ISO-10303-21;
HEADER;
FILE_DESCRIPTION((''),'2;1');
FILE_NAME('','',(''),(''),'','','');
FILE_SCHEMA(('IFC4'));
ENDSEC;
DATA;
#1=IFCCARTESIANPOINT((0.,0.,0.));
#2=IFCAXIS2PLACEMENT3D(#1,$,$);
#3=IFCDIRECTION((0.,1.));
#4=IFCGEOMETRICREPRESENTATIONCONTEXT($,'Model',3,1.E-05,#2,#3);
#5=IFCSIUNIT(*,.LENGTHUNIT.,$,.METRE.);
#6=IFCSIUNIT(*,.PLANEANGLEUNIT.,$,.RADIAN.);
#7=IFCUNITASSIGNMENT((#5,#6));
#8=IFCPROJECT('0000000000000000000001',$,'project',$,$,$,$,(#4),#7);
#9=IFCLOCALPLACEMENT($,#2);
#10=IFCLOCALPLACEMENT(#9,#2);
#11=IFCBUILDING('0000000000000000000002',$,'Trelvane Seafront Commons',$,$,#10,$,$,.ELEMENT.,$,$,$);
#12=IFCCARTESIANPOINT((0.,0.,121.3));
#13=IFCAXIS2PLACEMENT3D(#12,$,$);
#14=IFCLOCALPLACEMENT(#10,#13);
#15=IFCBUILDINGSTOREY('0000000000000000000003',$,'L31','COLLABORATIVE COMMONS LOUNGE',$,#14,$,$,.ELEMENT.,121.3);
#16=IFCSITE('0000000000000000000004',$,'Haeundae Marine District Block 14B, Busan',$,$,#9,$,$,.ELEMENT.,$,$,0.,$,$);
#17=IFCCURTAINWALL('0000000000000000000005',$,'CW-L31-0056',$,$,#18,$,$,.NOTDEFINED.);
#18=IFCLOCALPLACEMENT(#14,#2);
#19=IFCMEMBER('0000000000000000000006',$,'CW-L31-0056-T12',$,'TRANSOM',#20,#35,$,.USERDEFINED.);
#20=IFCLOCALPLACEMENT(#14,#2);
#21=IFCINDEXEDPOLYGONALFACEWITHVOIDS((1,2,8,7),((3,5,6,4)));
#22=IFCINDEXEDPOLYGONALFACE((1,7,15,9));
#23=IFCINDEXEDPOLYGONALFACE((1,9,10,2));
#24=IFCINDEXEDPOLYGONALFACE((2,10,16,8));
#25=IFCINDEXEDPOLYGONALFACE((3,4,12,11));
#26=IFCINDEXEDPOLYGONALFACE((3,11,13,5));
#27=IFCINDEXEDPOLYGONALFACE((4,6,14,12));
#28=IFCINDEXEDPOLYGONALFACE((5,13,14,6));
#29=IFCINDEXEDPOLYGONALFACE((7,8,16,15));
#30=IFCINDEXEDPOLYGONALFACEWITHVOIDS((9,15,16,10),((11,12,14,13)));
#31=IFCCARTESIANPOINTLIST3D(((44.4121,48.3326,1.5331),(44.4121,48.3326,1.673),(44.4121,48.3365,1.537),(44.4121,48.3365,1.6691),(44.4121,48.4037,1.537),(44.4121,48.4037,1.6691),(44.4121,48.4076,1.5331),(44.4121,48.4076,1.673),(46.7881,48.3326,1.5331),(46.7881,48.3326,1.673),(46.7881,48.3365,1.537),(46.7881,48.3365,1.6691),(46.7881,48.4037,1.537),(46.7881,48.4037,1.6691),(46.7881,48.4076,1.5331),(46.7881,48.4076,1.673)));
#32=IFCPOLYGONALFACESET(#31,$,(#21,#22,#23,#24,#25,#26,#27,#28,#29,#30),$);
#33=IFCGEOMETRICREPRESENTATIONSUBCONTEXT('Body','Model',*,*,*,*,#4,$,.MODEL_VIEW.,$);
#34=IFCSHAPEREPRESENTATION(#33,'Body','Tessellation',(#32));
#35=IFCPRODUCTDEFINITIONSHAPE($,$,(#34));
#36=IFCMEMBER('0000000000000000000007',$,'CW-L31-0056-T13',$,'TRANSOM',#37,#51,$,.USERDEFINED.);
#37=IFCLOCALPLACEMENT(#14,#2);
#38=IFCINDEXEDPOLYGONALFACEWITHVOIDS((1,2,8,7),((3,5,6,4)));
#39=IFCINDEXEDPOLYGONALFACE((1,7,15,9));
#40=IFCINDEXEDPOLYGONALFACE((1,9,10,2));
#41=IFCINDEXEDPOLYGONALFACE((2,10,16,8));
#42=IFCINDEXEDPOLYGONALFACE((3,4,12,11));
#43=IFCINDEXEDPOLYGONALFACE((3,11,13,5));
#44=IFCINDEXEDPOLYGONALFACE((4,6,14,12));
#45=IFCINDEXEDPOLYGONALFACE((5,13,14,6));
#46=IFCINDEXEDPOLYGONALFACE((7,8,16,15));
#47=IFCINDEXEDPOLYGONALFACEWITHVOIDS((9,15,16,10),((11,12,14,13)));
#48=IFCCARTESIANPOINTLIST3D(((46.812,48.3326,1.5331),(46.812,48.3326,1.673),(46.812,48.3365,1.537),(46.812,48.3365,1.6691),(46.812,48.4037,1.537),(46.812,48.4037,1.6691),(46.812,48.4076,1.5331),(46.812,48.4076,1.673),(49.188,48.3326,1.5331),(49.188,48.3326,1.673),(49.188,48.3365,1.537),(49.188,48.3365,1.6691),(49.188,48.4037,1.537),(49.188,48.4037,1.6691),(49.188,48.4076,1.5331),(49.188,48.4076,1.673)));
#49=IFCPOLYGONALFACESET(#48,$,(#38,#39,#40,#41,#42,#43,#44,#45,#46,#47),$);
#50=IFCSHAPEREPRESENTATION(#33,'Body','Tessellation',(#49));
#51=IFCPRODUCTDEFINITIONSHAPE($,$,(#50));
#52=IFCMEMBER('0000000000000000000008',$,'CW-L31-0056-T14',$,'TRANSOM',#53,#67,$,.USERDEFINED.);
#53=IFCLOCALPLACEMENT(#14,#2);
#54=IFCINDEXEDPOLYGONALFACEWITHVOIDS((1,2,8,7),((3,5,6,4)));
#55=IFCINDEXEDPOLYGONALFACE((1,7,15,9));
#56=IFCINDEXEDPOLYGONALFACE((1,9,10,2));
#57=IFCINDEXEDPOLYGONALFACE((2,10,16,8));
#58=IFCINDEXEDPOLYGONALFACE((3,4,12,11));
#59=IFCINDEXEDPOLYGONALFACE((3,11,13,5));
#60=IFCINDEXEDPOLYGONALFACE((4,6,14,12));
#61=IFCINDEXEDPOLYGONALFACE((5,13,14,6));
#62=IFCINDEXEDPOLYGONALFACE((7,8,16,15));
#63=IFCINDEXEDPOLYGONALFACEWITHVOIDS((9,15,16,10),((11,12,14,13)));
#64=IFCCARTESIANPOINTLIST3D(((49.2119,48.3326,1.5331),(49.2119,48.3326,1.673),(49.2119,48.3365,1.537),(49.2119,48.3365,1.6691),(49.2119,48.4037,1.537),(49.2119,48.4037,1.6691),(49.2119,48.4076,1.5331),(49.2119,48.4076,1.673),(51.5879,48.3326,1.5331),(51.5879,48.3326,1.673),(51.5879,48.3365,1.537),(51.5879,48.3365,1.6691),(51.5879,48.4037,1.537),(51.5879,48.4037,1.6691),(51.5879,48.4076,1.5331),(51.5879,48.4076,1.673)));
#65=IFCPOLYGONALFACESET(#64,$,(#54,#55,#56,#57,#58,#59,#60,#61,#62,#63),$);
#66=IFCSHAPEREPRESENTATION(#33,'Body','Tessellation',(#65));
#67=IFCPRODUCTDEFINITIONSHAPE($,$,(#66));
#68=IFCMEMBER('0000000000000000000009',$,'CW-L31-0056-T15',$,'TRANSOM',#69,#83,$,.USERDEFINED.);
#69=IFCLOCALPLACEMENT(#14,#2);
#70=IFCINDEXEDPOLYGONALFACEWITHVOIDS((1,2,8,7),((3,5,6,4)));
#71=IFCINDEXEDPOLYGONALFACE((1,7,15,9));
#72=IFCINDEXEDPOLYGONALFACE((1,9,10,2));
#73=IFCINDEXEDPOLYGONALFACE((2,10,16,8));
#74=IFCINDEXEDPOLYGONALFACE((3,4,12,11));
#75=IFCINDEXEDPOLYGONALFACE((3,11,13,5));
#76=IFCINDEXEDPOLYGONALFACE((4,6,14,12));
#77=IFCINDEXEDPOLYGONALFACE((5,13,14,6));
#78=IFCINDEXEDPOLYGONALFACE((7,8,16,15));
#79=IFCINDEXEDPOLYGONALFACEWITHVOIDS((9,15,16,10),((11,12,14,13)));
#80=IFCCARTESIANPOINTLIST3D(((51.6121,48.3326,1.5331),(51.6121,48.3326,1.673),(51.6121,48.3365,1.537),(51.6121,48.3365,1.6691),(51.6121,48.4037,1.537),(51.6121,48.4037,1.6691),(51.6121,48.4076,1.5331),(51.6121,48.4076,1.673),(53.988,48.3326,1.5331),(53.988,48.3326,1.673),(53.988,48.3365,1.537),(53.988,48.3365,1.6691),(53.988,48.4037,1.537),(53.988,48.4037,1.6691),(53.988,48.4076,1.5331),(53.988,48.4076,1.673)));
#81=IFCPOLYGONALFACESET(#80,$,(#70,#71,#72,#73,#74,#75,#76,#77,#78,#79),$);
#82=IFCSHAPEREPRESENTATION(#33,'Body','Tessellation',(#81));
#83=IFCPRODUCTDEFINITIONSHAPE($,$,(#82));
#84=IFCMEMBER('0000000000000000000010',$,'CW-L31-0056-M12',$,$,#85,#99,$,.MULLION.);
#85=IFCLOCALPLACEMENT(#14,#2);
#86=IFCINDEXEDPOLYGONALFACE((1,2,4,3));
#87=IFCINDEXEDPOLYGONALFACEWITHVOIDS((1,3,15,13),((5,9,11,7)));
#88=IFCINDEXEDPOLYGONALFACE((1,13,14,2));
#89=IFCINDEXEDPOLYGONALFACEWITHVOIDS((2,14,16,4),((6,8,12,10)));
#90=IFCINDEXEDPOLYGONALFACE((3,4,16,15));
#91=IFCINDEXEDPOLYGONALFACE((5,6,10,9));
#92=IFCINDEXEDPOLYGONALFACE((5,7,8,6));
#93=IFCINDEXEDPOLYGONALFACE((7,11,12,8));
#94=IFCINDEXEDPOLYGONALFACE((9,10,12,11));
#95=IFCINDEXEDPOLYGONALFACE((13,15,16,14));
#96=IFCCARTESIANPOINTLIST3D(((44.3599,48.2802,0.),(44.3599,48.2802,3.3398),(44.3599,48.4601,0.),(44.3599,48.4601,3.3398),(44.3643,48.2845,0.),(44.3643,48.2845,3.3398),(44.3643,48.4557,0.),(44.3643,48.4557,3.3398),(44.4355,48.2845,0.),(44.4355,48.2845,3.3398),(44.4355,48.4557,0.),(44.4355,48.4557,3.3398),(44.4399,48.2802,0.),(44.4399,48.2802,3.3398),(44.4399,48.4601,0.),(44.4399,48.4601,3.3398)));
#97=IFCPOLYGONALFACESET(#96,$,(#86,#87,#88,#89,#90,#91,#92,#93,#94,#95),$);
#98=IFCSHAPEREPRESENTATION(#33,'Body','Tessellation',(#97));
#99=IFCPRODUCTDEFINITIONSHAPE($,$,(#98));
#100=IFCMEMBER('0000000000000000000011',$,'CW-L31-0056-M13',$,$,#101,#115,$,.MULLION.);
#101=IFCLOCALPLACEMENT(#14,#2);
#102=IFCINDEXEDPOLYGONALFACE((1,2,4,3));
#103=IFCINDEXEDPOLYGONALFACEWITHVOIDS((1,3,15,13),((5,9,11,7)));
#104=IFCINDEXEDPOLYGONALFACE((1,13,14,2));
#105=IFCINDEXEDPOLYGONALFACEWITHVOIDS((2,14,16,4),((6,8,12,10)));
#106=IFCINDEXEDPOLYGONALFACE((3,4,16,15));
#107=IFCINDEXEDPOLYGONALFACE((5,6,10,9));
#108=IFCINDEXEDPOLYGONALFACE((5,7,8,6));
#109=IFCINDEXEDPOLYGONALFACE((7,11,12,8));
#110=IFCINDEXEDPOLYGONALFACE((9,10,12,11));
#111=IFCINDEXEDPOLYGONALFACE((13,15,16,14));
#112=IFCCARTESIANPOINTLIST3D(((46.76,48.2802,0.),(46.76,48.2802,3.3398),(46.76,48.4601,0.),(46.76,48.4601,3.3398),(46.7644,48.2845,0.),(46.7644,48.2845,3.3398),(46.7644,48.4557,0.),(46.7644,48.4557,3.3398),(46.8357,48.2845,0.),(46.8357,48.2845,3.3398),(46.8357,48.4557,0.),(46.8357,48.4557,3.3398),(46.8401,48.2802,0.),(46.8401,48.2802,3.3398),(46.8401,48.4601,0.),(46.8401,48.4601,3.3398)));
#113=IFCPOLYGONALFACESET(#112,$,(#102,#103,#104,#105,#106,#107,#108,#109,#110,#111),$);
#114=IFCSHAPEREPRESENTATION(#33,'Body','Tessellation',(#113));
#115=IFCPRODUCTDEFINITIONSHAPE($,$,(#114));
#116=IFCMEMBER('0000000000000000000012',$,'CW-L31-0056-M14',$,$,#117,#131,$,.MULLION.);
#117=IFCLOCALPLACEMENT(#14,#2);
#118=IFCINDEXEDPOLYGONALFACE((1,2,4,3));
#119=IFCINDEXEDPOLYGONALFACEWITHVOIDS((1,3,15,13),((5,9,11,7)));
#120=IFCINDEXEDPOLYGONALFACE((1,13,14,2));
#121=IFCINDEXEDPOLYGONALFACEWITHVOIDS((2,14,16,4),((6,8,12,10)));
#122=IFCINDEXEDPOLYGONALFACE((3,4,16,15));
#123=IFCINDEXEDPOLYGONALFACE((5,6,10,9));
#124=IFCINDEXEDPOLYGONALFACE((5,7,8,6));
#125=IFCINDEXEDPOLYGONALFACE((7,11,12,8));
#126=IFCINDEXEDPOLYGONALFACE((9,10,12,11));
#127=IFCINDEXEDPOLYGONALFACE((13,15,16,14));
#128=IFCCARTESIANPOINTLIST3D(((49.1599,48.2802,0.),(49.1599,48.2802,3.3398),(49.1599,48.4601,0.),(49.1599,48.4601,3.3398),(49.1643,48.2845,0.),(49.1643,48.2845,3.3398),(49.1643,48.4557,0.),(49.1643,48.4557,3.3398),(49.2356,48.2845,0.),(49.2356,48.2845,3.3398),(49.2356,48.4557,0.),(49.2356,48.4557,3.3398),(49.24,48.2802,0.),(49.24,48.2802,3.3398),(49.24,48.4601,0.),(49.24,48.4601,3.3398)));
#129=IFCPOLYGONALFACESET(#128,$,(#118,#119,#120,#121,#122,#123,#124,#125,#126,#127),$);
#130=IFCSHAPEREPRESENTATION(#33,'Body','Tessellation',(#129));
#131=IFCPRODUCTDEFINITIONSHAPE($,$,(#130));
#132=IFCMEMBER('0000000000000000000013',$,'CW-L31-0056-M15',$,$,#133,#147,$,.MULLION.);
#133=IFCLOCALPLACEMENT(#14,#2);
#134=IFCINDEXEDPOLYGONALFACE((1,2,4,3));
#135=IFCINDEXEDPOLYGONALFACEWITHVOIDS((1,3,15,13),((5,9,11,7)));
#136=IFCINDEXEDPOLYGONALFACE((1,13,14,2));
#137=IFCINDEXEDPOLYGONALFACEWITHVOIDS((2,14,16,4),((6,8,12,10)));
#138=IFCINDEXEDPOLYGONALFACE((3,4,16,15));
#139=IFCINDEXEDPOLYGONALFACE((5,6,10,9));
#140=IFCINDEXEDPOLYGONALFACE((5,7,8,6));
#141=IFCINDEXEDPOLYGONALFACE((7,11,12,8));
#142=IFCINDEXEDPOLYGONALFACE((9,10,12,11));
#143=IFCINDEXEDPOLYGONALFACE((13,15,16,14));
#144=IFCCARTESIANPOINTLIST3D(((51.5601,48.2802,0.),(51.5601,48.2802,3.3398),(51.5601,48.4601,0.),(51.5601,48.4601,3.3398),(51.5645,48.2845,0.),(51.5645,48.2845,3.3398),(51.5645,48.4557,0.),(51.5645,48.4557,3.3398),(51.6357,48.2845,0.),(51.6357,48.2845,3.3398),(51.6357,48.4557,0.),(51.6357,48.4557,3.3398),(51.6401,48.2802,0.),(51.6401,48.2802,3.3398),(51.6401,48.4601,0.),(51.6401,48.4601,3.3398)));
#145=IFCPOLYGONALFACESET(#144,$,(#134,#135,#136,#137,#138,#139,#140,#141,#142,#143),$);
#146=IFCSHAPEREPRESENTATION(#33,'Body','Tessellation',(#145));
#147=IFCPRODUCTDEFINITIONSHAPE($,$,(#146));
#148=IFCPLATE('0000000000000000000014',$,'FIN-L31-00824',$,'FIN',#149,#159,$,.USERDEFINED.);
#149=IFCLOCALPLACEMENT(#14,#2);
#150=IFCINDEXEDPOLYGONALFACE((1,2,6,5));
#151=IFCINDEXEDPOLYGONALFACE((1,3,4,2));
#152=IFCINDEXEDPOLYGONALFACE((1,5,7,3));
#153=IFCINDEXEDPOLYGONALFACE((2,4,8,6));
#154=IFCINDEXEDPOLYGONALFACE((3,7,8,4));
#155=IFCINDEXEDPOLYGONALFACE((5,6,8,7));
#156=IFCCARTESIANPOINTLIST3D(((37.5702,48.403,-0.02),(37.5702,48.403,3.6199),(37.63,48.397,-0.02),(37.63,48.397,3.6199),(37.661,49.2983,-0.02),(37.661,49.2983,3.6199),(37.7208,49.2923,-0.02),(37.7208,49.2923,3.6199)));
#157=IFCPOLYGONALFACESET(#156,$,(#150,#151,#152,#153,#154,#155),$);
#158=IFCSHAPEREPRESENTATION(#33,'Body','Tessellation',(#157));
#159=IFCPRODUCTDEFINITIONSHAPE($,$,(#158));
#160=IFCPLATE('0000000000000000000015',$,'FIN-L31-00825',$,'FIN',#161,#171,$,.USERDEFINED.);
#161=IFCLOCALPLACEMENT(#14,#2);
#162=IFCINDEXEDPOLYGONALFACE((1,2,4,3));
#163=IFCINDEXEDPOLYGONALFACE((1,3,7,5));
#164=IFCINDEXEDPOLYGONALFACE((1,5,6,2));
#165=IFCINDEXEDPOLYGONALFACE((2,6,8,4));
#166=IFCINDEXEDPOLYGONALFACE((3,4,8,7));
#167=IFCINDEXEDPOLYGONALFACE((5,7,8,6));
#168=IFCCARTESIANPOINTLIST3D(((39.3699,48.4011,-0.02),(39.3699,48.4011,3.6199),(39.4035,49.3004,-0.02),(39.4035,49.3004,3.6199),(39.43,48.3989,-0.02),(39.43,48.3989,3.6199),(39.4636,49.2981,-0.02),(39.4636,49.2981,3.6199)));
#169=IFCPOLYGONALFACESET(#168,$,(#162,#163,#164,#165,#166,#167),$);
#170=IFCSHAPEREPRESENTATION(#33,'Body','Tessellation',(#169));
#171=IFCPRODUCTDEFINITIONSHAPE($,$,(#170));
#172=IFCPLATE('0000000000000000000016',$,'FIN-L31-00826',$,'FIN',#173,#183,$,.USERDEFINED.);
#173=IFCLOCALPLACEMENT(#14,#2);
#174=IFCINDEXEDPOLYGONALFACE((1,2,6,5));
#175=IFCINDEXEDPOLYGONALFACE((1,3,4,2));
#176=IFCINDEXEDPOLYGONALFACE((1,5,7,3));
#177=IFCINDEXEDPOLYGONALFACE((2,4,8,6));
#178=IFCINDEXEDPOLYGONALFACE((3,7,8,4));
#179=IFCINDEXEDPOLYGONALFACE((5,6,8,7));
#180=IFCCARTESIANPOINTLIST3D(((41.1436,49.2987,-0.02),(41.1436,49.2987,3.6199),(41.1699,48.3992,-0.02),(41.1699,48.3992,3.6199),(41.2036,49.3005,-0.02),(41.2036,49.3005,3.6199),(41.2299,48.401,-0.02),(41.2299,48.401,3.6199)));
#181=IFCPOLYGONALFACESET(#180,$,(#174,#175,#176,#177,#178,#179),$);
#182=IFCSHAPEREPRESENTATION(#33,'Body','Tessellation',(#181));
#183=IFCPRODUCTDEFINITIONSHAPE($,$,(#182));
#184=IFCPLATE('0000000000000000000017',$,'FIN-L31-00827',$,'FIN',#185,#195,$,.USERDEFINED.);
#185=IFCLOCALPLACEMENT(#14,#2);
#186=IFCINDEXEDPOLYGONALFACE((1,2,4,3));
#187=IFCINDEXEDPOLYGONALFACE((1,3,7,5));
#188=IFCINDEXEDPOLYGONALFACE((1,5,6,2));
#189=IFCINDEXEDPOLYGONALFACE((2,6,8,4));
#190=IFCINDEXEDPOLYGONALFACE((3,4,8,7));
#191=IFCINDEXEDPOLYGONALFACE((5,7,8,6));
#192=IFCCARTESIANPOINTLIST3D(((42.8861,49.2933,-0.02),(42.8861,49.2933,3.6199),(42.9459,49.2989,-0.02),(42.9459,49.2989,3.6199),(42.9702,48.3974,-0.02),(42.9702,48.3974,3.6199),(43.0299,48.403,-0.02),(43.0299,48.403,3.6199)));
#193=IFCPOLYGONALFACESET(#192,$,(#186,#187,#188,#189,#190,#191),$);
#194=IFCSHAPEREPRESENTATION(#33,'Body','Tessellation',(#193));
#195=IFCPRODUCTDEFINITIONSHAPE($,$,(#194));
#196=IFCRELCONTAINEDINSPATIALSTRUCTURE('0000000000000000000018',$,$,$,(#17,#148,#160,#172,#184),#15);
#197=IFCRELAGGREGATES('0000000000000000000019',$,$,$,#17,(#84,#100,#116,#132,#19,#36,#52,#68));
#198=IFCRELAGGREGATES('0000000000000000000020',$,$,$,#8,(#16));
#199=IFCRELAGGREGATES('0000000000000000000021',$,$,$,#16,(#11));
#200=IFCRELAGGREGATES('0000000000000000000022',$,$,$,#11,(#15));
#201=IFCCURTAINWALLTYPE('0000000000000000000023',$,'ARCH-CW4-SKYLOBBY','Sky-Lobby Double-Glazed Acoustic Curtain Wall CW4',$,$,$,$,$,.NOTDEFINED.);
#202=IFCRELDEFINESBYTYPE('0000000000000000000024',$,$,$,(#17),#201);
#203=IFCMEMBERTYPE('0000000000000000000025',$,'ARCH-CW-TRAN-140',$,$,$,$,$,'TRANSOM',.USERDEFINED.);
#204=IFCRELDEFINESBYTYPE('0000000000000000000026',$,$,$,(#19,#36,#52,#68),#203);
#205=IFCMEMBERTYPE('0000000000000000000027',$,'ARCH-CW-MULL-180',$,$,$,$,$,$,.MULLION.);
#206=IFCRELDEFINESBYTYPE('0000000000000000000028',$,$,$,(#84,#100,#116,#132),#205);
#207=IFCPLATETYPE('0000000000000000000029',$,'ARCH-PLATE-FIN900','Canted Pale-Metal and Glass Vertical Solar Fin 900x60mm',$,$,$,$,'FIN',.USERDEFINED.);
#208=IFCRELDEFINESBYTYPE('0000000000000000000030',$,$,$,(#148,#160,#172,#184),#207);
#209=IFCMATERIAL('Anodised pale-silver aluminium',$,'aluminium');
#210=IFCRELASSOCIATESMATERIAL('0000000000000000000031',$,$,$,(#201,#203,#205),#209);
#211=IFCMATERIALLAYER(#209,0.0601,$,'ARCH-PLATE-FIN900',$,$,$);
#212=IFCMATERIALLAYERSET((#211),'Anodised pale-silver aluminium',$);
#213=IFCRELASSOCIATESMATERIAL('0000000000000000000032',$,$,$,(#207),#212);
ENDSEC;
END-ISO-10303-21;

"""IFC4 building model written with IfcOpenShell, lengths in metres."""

from ifc_helpers import new_model, si_unit, direction, frame, origin, origin_2d, place, context, subcontext, project, spatial, rectangle, hollow_rectangle, extrude, source, transform, mapped, material, layer, layer_set, material_profile, profile_set, type_object, element, aggregate, save


model = new_model("IFC4")

# Units and contexts
model_context = context("Model", 3, precision=1e-05, world=origin(), true_north=direction((0.0, 1.0)))
body_context = subcontext(model_context, "Body", "Model", "MODEL_VIEW")
ifc_project = project(units=[si_unit("LENGTHUNIT", "METRE"), si_unit("PLANEANGLEUNIT", "RADIAN")], contexts=[model_context])

# Site, building, storey
site_placement = place(None, origin())
site = spatial("IfcSite", under=ifc_project, at=site_placement, Name="Haeundae Marine District Block 14B, Busan", CompositionType="ELEMENT", RefElevation=0.0)
building_placement = place(site_placement, origin())
building = spatial("IfcBuilding", under=site, at=building_placement, Name="Trelvane Seafront Commons", CompositionType="ELEMENT")
storey_placement = place(building_placement, frame((0.0, 0.0, 121.3)))
storey = spatial("IfcBuildingStorey", under=building, at=storey_placement, Name="L31", Description="COLLABORATIVE COMMONS LOUNGE", CompositionType="ELEMENT", Elevation=121.3)

# Curtain wall, members
ifc_material_1 = material(Name="Anodised pale-silver aluminium", Category="aluminium")
curtain_wall_type = type_object("IfcCurtainWallType", Name="ARCH-CW4-SKYLOBBY", Description="Sky-Lobby Double-Glazed Acoustic Curtain Wall CW4", PredefinedType="NOTDEFINED", material=ifc_material_1)
curtain_wall_placement = place(storey_placement, origin())
curtain_wall = element("IfcCurtainWall", 1, at=curtain_wall_placement, inside=storey, type_object=curtain_wall_type, Name="CW-L31-0056", PredefinedType="NOTDEFINED")
ifc_material_profile_1 = material_profile(ifc_material_1, hollow_rectangle(XDim=0.075, YDim=0.1399, WallThickness=0.0039, at=origin_2d()), Name="TRAN-75x140x4")
ifc_profile_set_1 = profile_set([ifc_material_profile_1], Name="Anodised pale-silver aluminium")
member_type_1 = type_object("IfcMemberType", Name="ARCH-CW-TRAN-140", ElementType="TRANSOM", PredefinedType="USERDEFINED", material=ifc_profile_set_1)
shared_shape_1 = source(origin(), body_context, "Body", "SweptSolid", [
    extrude(hollow_rectangle(XDim=0.075, YDim=0.1399, WallThickness=0.0039, at=origin_2d()), origin(), (0.0, 0.0, 1.0), 2.376),
])
member_1_placement = place(storey_placement, frame((44.4121, 48.3701, 1.603), z_axis=(1.0, 0.0, 0.0), x_axis=(0.0, 1.0, 0.0)))
member_1 = element("IfcMember", 2, at=member_1_placement, type_object=member_type_1, Name="CW-L31-0056-T12", ObjectType="TRANSOM", PredefinedType="USERDEFINED", context=body_context, shape_type="MappedRepresentation", body=[
    mapped(shared_shape_1, transform((0.0, 0.0, 0.0), x_axis=(1.0, 0.0, 0.0), y_axis=(0.0, 1.0, 0.0), z_axis=(0.0, 0.0, 1.0), scale=1.0)),
])
member_2_placement = place(storey_placement, frame((46.812, 48.3701, 1.603), z_axis=(1.0, 0.0, 0.0), x_axis=(0.0, 1.0, 0.0)))
member_2 = element("IfcMember", 3, at=member_2_placement, type_object=member_type_1, Name="CW-L31-0056-T13", ObjectType="TRANSOM", PredefinedType="USERDEFINED", context=body_context, shape_type="MappedRepresentation", body=[
    mapped(shared_shape_1, transform((0.0, 0.0, 0.0), x_axis=(1.0, 0.0, 0.0), y_axis=(0.0, 1.0, 0.0), z_axis=(0.0, 0.0, 1.0), scale=1.0)),
])
member_3_placement = place(storey_placement, frame((49.2119, 48.3701, 1.603), z_axis=(1.0, 0.0, 0.0), x_axis=(0.0, 1.0, 0.0)))
member_3 = element("IfcMember", 4, at=member_3_placement, type_object=member_type_1, Name="CW-L31-0056-T14", ObjectType="TRANSOM", PredefinedType="USERDEFINED", context=body_context, shape_type="MappedRepresentation", body=[
    mapped(shared_shape_1, transform((0.0, 0.0, 0.0), x_axis=(1.0, 0.0, 0.0), y_axis=(0.0, 1.0, 0.0), z_axis=(0.0, 0.0, 1.0), scale=1.0)),
])
member_4_placement = place(storey_placement, frame((51.6121, 48.3701, 1.603), z_axis=(1.0, 0.0, 0.0), x_axis=(0.0, 1.0, 0.0)))
member_4 = element("IfcMember", 5, at=member_4_placement, type_object=member_type_1, Name="CW-L31-0056-T15", ObjectType="TRANSOM", PredefinedType="USERDEFINED", context=body_context, shape_type="MappedRepresentation", body=[
    mapped(shared_shape_1, transform((0.0, 0.0, 0.0), x_axis=(1.0, 0.0, 0.0), y_axis=(0.0, 1.0, 0.0), z_axis=(0.0, 0.0, 1.0), scale=1.0)),
])
ifc_material_profile_2 = material_profile(ifc_material_1, hollow_rectangle(XDim=0.0801, YDim=0.1799, WallThickness=0.0044, at=origin_2d()), Name="MULL-80x180x4.5")
ifc_profile_set_2 = profile_set([ifc_material_profile_2], Name="Anodised pale-silver aluminium")
member_type_2 = type_object("IfcMemberType", Name="ARCH-CW-MULL-180", PredefinedType="MULLION", material=ifc_profile_set_2)
shared_shape_2 = source(origin(), body_context, "Body", "SweptSolid", [
    extrude(hollow_rectangle(XDim=0.0801, YDim=0.1799, WallThickness=0.0044, at=origin_2d()), origin(), (0.0, 0.0, 1.0), 3.3398),
])
member_5_placement = place(storey_placement, frame((44.3999, 48.3701, 0.0), z_axis=(0.0, 0.0, 1.0), x_axis=(1.0, 0.0, 0.0)))
member_5 = element("IfcMember", 6, at=member_5_placement, type_object=member_type_2, Name="CW-L31-0056-M12", PredefinedType="MULLION", context=body_context, shape_type="MappedRepresentation", body=[
    mapped(shared_shape_2, transform((0.0, 0.0, 0.0), x_axis=(1.0, 0.0, 0.0), y_axis=(0.0, 1.0, 0.0), z_axis=(0.0, 0.0, 1.0), scale=1.0)),
])
member_6_placement = place(storey_placement, frame((46.8, 48.3701, 0.0), z_axis=(0.0, 0.0, 1.0), x_axis=(1.0, 0.0, 0.0)))
member_6 = element("IfcMember", 7, at=member_6_placement, type_object=member_type_2, Name="CW-L31-0056-M13", PredefinedType="MULLION", context=body_context, shape_type="MappedRepresentation", body=[
    mapped(shared_shape_2, transform((0.0, 0.0, 0.0), x_axis=(1.0, 0.0, 0.0), y_axis=(0.0, 1.0, 0.0), z_axis=(0.0, 0.0, 1.0), scale=1.0)),
])
member_7_placement = place(storey_placement, frame((49.2, 48.3701, 0.0), z_axis=(0.0, 0.0, 1.0), x_axis=(1.0, 0.0, 0.0)))
member_7 = element("IfcMember", 8, at=member_7_placement, type_object=member_type_2, Name="CW-L31-0056-M14", PredefinedType="MULLION", context=body_context, shape_type="MappedRepresentation", body=[
    mapped(shared_shape_2, transform((0.0, 0.0, 0.0), x_axis=(1.0, 0.0, 0.0), y_axis=(0.0, 1.0, 0.0), z_axis=(0.0, 0.0, 1.0), scale=1.0)),
])
member_8_placement = place(storey_placement, frame((51.6001, 48.3701, 0.0), z_axis=(0.0, 0.0, 1.0), x_axis=(1.0, 0.0, 0.0)))
member_8 = element("IfcMember", 9, at=member_8_placement, type_object=member_type_2, Name="CW-L31-0056-M15", PredefinedType="MULLION", context=body_context, shape_type="MappedRepresentation", body=[
    mapped(shared_shape_2, transform((0.0, 0.0, 0.0), x_axis=(1.0, 0.0, 0.0), y_axis=(0.0, 1.0, 0.0), z_axis=(0.0, 0.0, 1.0), scale=1.0)),
])

# Plates
ifc_layer_1 = layer(ifc_material_1, 0.0601, Name="ARCH-PLATE-FIN900")
ifc_layer_set_1 = layer_set([ifc_layer_1], Name="Anodised pale-silver aluminium")
plate_type_1 = type_object("IfcPlateType", Name="ARCH-PLATE-FIN900", Description="Canted Pale-Metal and Glass Vertical Solar Fin 900x60mm", ElementType="FIN", PredefinedType="USERDEFINED", material=ifc_layer_set_1)
shared_shape_3 = source(origin(), body_context, "Body", "SweptSolid", [
    extrude(rectangle(XDim=0.8999, YDim=0.0601, at=origin_2d()), origin(), (0.0, 0.0, 1.0), 3.6399),
])
for number, where, z_axis, x_axis, name in (
    (10, (37.6455, 48.8477, -0.02), (0.0, 0.0, 1.0), (0.10089, 0.994898, 0.0), "FIN-L31-00824"),
    (11, (39.4167, 48.8496, -0.02), (0.0, 0.0, 1.0), (0.037333, 0.999303, 0.0), "FIN-L31-00825"),
    (12, (41.1868, 48.8499, -0.02), (0.0, 0.0, 1.0), (-0.029223, 0.999573, 0.0), "FIN-L31-00826"),
    (13, (42.958, 48.8481, -0.02), (0.0, 0.0, 1.0), (-0.093441, 0.995625, 0.0), "FIN-L31-00827"),
):
    element("IfcPlate", number, at=place(storey_placement, frame(where, z_axis=z_axis, x_axis=x_axis)), inside=storey, type_object=plate_type_1, Name=name, ObjectType="FIN", PredefinedType="USERDEFINED", context=body_context, shape_type="MappedRepresentation", body=[
        mapped(shared_shape_3, transform((0.0, 0.0, 0.0), x_axis=(1.0, 0.0, 0.0), y_axis=(0.0, 1.0, 0.0), z_axis=(0.0, 0.0, 1.0), scale=1.0)),
    ])

aggregate(curtain_wall, [member_5, member_6, member_7, member_8, member_1, member_2, member_3, member_4])

save(model, "model.ifc")
